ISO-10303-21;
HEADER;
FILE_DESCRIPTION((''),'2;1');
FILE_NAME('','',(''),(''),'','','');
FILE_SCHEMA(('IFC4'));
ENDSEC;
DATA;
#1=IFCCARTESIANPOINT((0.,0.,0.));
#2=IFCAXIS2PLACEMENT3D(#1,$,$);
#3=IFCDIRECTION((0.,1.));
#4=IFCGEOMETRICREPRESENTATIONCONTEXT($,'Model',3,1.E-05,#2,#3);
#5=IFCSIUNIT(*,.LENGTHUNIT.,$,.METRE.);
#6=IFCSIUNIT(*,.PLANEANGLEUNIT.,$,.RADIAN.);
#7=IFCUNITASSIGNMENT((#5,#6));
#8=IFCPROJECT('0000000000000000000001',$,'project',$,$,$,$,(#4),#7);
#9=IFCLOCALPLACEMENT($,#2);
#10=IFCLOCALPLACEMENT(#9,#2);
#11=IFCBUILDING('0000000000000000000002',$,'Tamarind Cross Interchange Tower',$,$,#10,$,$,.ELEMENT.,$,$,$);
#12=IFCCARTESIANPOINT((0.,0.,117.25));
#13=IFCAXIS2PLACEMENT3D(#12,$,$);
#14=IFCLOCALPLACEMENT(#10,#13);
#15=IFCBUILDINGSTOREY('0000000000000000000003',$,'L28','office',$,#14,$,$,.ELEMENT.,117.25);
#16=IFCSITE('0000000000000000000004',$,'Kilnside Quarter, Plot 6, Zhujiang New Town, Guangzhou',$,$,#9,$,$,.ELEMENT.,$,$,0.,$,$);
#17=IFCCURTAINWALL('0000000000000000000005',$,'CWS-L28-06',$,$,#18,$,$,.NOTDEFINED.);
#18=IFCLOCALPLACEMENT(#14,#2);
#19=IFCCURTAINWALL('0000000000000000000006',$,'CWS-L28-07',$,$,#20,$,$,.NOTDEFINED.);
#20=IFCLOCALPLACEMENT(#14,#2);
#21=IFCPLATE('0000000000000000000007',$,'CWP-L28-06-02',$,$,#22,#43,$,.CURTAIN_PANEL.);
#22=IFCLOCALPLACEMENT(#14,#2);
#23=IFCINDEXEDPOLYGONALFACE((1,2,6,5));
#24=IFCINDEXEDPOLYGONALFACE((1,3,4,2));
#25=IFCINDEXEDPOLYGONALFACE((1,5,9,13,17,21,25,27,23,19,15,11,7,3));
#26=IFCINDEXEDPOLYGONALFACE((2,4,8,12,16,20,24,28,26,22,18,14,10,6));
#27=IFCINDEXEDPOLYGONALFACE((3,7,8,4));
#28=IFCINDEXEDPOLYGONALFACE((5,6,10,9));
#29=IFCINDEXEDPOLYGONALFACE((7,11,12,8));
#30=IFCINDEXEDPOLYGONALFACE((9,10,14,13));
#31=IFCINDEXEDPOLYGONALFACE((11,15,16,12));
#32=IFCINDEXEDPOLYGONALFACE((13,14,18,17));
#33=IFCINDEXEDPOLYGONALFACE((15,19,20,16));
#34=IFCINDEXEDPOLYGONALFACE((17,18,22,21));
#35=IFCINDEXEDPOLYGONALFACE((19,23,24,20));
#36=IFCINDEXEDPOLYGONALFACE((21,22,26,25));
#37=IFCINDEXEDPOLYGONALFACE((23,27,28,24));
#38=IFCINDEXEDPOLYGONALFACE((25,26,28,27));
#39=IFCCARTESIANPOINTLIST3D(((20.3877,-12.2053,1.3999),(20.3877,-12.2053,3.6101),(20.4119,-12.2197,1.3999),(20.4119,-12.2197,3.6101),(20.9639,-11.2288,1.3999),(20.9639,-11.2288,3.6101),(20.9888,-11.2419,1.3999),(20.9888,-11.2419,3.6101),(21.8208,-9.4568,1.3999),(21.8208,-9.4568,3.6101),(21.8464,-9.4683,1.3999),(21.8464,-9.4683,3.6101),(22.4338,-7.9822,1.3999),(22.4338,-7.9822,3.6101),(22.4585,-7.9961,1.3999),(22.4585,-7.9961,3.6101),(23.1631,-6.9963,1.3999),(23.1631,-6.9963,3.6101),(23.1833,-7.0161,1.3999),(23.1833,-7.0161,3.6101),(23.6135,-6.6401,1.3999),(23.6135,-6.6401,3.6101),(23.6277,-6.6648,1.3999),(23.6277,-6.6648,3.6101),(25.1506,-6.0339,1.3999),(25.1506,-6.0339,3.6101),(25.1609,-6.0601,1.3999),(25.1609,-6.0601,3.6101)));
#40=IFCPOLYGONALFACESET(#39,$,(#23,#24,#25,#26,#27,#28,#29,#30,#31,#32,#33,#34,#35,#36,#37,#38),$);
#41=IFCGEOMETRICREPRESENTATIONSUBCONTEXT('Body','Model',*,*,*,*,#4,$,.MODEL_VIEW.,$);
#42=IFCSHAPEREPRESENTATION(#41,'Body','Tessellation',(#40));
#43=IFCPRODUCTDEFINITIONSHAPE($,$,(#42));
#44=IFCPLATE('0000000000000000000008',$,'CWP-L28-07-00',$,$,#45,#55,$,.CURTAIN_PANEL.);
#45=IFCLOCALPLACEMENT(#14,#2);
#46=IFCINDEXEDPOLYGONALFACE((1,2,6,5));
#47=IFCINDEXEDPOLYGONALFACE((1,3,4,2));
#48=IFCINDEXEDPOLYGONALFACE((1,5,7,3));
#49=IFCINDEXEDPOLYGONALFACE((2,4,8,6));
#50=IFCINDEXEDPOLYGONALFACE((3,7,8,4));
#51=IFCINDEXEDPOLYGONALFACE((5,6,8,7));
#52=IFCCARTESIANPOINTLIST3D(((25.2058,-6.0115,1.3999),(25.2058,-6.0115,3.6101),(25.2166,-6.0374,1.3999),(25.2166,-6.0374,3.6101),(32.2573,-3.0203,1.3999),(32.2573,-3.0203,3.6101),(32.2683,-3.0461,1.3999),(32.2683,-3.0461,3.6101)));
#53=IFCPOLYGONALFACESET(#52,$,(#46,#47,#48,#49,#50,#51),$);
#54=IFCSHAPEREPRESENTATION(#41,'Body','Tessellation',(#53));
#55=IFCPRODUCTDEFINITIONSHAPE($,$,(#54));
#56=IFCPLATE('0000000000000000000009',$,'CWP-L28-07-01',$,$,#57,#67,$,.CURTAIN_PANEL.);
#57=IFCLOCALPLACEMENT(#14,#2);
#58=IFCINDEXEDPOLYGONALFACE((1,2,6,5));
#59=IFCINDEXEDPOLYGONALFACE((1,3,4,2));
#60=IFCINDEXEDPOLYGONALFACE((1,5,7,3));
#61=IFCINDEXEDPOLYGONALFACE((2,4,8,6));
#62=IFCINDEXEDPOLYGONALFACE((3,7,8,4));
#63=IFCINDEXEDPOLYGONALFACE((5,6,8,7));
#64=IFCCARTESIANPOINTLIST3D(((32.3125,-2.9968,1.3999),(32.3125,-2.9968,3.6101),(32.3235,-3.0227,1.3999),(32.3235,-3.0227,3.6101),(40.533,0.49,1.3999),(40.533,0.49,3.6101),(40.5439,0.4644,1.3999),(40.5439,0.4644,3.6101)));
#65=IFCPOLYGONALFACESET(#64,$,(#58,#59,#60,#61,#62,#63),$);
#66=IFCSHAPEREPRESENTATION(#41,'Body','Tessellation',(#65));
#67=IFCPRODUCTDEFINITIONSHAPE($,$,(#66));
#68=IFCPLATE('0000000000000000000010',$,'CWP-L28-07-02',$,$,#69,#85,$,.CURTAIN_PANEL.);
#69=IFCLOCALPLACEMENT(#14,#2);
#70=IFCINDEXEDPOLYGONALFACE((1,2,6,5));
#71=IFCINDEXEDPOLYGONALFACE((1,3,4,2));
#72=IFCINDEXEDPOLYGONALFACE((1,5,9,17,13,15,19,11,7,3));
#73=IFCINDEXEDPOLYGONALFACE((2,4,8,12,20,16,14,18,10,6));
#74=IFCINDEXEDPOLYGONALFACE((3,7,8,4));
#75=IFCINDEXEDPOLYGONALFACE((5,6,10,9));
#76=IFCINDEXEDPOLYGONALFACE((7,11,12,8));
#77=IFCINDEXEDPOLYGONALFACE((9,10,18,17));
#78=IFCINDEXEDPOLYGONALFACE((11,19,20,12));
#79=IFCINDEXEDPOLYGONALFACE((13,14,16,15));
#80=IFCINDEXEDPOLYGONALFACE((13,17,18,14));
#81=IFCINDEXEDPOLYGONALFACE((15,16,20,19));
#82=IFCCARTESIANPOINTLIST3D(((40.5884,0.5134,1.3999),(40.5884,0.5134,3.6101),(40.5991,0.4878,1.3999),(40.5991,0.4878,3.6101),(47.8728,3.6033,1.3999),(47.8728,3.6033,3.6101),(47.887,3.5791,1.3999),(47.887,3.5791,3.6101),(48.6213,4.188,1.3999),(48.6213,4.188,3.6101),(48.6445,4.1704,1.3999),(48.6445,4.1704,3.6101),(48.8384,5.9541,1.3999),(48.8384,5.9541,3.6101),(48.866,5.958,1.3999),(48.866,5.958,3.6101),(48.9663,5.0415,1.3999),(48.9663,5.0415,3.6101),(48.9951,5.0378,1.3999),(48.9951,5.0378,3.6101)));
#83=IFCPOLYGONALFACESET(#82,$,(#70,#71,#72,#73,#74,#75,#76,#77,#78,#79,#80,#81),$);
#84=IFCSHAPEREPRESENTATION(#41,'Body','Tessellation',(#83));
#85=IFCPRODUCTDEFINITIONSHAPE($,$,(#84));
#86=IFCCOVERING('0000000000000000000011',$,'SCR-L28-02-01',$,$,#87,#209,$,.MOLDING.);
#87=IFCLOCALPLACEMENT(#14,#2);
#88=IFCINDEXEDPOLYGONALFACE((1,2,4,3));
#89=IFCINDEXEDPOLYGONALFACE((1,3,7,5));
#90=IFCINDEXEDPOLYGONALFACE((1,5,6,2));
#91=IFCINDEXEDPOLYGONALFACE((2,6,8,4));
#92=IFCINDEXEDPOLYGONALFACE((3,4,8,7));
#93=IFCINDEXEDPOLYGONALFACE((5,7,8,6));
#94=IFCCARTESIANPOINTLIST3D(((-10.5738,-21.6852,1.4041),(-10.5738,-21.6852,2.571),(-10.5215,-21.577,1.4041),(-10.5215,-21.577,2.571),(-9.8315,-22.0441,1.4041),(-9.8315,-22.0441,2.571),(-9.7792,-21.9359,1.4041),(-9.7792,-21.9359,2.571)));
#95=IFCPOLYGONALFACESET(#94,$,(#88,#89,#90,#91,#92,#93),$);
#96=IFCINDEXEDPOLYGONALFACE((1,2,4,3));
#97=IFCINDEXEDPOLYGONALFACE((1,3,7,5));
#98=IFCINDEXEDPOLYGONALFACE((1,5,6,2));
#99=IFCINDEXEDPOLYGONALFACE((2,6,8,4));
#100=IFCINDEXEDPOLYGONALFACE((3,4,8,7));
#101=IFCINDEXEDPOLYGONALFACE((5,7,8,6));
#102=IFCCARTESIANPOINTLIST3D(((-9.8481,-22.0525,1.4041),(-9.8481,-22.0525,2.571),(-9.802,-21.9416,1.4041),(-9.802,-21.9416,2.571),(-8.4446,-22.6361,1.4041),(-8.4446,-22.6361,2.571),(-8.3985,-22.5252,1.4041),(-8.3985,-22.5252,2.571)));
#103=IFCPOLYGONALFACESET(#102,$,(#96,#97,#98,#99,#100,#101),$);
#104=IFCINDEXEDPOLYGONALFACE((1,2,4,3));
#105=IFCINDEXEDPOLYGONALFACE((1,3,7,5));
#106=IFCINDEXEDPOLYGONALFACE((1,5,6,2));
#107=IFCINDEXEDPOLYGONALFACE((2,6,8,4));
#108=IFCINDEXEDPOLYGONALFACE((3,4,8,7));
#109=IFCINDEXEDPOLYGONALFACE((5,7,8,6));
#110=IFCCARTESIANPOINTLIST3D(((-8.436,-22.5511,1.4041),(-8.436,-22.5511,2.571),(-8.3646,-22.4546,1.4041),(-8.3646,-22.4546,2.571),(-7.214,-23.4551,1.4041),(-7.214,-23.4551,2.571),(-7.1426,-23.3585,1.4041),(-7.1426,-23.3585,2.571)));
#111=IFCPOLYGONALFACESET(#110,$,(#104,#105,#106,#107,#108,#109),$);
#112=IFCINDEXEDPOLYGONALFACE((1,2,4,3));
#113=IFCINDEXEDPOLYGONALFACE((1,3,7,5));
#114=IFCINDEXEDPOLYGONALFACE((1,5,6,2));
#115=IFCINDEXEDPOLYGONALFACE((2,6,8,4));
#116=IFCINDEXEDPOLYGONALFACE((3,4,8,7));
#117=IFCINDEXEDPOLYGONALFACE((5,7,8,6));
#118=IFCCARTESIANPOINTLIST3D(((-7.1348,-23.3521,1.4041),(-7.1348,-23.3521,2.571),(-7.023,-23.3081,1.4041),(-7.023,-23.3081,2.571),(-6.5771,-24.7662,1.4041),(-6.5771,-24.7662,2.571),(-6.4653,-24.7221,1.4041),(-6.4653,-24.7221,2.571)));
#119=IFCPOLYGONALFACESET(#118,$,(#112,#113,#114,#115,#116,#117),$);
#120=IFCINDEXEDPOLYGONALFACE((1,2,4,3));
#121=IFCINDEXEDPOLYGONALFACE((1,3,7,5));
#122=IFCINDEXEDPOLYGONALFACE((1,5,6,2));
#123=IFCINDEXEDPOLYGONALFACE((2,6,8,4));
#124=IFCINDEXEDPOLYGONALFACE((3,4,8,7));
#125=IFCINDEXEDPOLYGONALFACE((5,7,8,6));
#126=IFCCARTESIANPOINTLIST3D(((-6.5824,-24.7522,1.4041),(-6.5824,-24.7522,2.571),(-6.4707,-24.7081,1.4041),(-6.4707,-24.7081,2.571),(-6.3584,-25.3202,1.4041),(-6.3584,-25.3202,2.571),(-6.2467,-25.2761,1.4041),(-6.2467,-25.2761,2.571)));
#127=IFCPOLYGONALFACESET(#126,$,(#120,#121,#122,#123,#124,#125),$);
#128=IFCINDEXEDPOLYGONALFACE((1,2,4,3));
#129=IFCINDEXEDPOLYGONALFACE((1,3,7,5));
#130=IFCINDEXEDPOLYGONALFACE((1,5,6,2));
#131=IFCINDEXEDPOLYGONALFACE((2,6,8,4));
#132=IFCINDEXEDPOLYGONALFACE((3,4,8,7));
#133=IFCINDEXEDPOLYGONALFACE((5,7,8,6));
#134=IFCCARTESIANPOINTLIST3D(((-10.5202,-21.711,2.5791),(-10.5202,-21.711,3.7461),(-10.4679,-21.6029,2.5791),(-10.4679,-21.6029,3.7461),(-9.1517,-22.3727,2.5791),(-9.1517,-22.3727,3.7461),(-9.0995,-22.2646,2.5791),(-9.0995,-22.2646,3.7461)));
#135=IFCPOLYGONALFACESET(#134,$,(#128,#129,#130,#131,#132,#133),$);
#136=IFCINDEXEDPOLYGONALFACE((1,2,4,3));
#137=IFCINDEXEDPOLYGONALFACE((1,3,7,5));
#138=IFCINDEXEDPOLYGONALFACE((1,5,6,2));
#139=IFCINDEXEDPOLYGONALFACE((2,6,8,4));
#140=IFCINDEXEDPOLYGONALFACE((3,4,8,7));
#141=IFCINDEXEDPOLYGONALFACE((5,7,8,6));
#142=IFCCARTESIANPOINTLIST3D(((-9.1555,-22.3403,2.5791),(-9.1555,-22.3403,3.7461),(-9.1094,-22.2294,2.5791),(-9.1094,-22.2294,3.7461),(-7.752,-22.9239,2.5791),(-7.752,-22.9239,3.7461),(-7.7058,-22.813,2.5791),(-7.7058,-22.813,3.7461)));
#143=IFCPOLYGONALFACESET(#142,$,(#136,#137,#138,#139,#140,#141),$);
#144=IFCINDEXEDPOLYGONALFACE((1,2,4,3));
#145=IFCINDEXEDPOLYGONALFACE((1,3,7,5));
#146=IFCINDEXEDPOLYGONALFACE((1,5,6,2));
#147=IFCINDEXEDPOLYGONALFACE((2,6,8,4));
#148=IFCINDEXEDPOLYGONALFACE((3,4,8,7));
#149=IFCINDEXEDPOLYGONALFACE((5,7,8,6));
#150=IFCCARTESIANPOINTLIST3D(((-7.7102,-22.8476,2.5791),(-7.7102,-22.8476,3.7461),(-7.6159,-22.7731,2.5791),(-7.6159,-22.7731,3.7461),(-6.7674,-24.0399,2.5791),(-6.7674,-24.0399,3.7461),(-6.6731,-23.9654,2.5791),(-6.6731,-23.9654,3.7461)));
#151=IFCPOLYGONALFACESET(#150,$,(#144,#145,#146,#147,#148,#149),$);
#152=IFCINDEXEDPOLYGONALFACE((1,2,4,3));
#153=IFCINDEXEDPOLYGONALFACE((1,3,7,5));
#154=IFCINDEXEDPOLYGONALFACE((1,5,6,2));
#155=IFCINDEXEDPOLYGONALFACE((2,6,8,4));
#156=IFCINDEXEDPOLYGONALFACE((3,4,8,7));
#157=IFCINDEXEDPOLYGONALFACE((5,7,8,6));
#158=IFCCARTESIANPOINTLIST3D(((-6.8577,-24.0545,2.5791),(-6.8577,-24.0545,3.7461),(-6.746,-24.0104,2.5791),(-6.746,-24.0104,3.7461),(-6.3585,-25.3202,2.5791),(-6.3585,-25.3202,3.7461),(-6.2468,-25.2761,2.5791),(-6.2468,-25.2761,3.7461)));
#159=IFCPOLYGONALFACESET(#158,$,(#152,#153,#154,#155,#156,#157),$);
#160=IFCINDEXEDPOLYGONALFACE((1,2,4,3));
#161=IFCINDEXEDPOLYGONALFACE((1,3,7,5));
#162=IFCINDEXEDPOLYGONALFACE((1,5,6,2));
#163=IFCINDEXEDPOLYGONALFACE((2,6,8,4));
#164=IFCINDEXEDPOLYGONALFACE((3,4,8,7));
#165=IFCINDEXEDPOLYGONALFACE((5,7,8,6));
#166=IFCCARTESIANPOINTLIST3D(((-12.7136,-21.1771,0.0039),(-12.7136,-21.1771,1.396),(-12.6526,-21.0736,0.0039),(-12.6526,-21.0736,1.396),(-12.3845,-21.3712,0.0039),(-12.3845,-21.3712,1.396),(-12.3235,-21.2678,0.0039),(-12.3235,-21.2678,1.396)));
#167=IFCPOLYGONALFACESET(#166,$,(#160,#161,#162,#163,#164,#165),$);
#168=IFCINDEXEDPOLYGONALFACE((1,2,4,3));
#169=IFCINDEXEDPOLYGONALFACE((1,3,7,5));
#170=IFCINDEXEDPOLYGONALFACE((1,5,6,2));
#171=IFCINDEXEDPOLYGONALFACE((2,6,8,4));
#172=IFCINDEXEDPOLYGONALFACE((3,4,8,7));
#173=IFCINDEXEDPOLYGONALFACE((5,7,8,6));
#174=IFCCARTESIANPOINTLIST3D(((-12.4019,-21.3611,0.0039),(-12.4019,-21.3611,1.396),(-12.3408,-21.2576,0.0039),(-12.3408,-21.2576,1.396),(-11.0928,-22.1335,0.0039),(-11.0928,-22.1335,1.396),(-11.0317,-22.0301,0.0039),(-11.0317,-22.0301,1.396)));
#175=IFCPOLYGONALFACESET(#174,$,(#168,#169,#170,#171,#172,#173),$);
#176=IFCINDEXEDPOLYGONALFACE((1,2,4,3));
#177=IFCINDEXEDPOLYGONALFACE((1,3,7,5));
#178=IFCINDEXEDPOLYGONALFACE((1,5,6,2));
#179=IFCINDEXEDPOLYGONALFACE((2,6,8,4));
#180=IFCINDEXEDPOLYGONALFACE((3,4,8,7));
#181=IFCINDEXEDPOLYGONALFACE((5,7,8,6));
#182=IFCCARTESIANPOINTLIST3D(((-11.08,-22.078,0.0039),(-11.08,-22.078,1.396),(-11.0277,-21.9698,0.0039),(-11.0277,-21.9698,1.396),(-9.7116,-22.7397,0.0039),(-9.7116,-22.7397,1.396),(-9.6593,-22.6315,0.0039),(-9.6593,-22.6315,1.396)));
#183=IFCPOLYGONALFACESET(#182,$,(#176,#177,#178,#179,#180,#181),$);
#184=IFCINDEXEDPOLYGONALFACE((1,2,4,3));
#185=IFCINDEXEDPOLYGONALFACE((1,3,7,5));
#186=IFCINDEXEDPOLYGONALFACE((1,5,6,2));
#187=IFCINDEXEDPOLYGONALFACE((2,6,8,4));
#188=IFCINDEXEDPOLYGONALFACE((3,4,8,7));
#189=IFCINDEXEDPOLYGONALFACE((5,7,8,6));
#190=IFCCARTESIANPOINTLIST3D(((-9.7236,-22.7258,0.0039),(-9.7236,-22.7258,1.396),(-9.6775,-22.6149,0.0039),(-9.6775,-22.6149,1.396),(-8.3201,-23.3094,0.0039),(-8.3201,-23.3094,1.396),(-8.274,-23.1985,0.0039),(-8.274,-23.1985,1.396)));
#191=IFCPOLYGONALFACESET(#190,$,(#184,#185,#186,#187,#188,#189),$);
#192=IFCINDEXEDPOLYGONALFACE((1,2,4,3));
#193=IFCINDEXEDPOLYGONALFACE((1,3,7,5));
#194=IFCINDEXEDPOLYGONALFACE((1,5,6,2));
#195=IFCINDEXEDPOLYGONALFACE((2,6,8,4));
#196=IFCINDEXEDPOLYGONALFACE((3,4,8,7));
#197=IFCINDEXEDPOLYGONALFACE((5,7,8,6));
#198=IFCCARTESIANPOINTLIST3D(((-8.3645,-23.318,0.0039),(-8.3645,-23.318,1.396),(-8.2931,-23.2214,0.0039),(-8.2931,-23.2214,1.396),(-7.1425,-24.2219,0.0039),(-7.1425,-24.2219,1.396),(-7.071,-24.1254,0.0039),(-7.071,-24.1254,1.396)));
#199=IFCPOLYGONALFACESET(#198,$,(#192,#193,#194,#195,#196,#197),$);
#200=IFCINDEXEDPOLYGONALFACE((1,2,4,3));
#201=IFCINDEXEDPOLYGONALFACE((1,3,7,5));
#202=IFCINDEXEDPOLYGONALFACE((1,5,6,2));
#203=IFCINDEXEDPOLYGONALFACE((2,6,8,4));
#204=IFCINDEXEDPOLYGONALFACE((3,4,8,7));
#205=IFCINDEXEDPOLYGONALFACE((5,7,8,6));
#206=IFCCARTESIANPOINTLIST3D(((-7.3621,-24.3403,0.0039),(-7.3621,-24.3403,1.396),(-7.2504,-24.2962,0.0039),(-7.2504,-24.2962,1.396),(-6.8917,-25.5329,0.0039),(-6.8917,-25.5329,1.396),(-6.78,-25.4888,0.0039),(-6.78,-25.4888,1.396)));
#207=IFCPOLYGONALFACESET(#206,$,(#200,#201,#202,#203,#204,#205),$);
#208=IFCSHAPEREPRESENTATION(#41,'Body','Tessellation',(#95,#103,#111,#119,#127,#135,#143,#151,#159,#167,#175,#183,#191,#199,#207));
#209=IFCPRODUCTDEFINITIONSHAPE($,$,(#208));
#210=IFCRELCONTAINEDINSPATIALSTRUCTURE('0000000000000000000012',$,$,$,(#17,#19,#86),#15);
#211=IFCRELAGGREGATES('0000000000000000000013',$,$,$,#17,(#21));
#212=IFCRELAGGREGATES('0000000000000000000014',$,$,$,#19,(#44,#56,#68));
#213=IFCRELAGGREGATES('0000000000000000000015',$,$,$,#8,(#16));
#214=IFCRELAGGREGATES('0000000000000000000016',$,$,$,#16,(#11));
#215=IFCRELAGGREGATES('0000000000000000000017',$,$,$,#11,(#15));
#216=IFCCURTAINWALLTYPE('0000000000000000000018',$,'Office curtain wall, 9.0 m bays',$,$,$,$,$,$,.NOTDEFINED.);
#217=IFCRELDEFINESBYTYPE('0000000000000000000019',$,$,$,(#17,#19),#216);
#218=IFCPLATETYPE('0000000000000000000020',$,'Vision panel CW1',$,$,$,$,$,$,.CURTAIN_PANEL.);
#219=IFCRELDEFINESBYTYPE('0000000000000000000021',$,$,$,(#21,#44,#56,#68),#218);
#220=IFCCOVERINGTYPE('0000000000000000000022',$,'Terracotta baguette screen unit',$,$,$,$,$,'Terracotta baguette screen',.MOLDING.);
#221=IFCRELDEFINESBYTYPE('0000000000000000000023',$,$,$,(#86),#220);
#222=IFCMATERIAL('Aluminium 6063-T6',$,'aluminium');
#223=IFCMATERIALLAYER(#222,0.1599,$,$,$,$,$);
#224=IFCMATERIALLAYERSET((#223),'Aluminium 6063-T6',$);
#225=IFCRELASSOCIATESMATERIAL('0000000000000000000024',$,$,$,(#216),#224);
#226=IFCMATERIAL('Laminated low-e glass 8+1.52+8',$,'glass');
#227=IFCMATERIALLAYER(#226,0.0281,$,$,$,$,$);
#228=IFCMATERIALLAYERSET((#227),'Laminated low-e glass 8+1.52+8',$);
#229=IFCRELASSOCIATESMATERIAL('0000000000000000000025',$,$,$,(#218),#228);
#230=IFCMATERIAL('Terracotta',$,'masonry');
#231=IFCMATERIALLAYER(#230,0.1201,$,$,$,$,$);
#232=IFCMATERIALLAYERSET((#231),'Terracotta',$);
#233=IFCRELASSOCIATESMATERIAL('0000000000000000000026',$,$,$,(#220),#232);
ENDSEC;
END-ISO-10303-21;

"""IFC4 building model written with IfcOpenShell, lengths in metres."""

from ifc_helpers import new_model, si_unit, direction, frame, origin, origin_2d, place, context, subcontext, project, spatial, polyline, rectangle, outline, extrude, material, layer, layer_set, type_object, element, aggregate, save


model = new_model("IFC4")

# Units and contexts
model_context = context("Model", 3, precision=1e-05, world=origin(), true_north=direction((0.0, 1.0)))
body_context = subcontext(model_context, "Body", "Model", "MODEL_VIEW")
ifc_project = project(units=[si_unit("LENGTHUNIT", "METRE"), si_unit("PLANEANGLEUNIT", "RADIAN")], contexts=[model_context])

# Site, building, storey
site_placement = place(None, origin())
site = spatial("IfcSite", under=ifc_project, at=site_placement, Name="Kilnside Quarter, Plot 6, Zhujiang New Town, Guangzhou", CompositionType="ELEMENT", RefElevation=0.0)
building_placement = place(site_placement, origin())
building = spatial("IfcBuilding", under=site, at=building_placement, Name="Tamarind Cross Interchange Tower", CompositionType="ELEMENT")
storey_placement = place(building_placement, frame((0.0, 0.0, 117.25)))
storey = spatial("IfcBuildingStorey", under=building, at=storey_placement, Name="L28", Description="office", CompositionType="ELEMENT", Elevation=117.25)

# Curtain walls
ifc_material_1 = material(Name="Aluminium 6063-T6", Category="aluminium")
ifc_layer_1 = layer(ifc_material_1, 0.1599)
ifc_layer_set_1 = layer_set([ifc_layer_1], Name="Aluminium 6063-T6")
curtain_wall_type = type_object("IfcCurtainWallType", Name="Office curtain wall, 9.0 m bays", PredefinedType="NOTDEFINED", material=ifc_layer_set_1)
curtain_wall_1_placement = place(storey_placement, origin())
curtain_wall_1 = element("IfcCurtainWall", 1, at=curtain_wall_1_placement, inside=storey, type_object=curtain_wall_type, Name="CWS-L28-06", PredefinedType="NOTDEFINED")
curtain_wall_2_placement = place(storey_placement, origin())
curtain_wall_2 = element("IfcCurtainWall", 2, at=curtain_wall_2_placement, inside=storey, type_object=curtain_wall_type, Name="CWS-L28-07", PredefinedType="NOTDEFINED")

# Plates
ifc_material_2 = material(Name="Laminated low-e glass 8+1.52+8", Category="glass")
ifc_layer_2 = layer(ifc_material_2, 0.0281)
ifc_layer_set_2 = layer_set([ifc_layer_2], Name="Laminated low-e glass 8+1.52+8")
plate_type = type_object("IfcPlateType", Name="Vision panel CW1", PredefinedType="CURTAIN_PANEL", material=ifc_layer_set_2)
plate_1_placement = place(storey_placement, frame((0.0, 0.0, 1.3999)))
plate_1 = element("IfcPlate", 3, at=plate_1_placement, type_object=plate_type, Name="CWP-L28-06-02", PredefinedType="CURTAIN_PANEL", context=body_context, shape_type="SweptSolid", body=[
    extrude(outline(polyline([(20.3877, -12.2053), (20.9639, -11.2288), (21.8208, -9.4568), (22.4338, -7.9822), (23.1631, -6.9963), (23.6135, -6.6401), (25.1506, -6.0339), (25.1609, -6.0601), (23.6277, -6.6648), (23.1833, -7.0161), (22.4585, -7.9961), (21.8464, -9.4683), (20.9888, -11.2419), (20.4119, -12.2197), (20.3877, -12.2053)])), origin(), (0.0, 0.0, 1.0), 2.2102),
])
aggregate(curtain_wall_1, [plate_1])
plate_2_placement = place(storey_placement, frame((0.0, 0.0, 1.3999)))
plate_2 = element("IfcPlate", 4, at=plate_2_placement, type_object=plate_type, Name="CWP-L28-07-00", PredefinedType="CURTAIN_PANEL", context=body_context, shape_type="SweptSolid", body=[
    extrude(outline(polyline([(25.2058, -6.0115), (32.2573, -3.0203), (32.2683, -3.0461), (25.2166, -6.0374), (25.2058, -6.0115)])), origin(), (0.0, 0.0, 1.0), 2.2102),
])
plate_3_placement = place(storey_placement, frame((0.0, 0.0, 1.3999)))
plate_3 = element("IfcPlate", 5, at=plate_3_placement, type_object=plate_type, Name="CWP-L28-07-01", PredefinedType="CURTAIN_PANEL", context=body_context, shape_type="SweptSolid", body=[
    extrude(outline(polyline([(32.3125, -2.9968), (40.533, 0.49), (40.5439, 0.4644), (32.3235, -3.0227), (32.3125, -2.9968)])), origin(), (0.0, 0.0, 1.0), 2.2102),
])
plate_4_placement = place(storey_placement, frame((0.0, 0.0, 1.3999)))
plate_4 = element("IfcPlate", 6, at=plate_4_placement, type_object=plate_type, Name="CWP-L28-07-02", PredefinedType="CURTAIN_PANEL", context=body_context, shape_type="SweptSolid", body=[
    extrude(outline(polyline([(40.5884, 0.5134), (47.8728, 3.6033), (48.6213, 4.188), (48.9663, 5.0415), (48.8384, 5.9541), (48.866, 5.958), (48.9951, 5.0378), (48.6445, 4.1704), (47.887, 3.5791), (40.5991, 0.4878), (40.5884, 0.5134)])), origin(), (0.0, 0.0, 1.0), 2.2102),
])
aggregate(curtain_wall_2, [plate_2, plate_3, plate_4])

# Covering
ifc_material_3 = material(Name="Terracotta", Category="masonry")
ifc_layer_3 = layer(ifc_material_3, 0.1201)
ifc_layer_set_3 = layer_set([ifc_layer_3], Name="Terracotta")
covering_type = type_object("IfcCoveringType", Name="Terracotta baguette screen unit", ElementType="Terracotta baguette screen", PredefinedType="MOLDING", material=ifc_layer_set_3)
covering_1_placement = place(storey_placement, origin())
element("IfcCovering", 7, at=covering_1_placement, inside=storey, type_object=covering_type, Name="SCR-L28-02-01", PredefinedType="MOLDING", context=body_context, shape_type="SweptSolid", body=[
    extrude(rectangle(XDim=0.8245, YDim=0.1201, at=origin_2d()), frame((-10.1765, -21.8105, 1.4041), z_axis=(0.0, 0.0, 1.0), x_axis=(0.900273, -0.435326, 0.0)), (0.0, 0.0, 1.0), 1.167),
    extrude(rectangle(XDim=1.52, YDim=0.1201, at=origin_2d()), frame((-9.1233, -22.2888, 1.4041), z_axis=(0.0, 0.0, 1.0), x_axis=(0.923362, -0.38393, 0.0)), (0.0, 0.0, 1.0), 1.167),
    extrude(rectangle(XDim=1.52, YDim=0.1201, at=origin_2d()), frame((-7.7893, -22.9548, 1.4041), z_axis=(0.0, 0.0, 1.0), x_axis=(0.803956, -0.594689, 0.0)), (0.0, 0.0, 1.0), 1.167),
    extrude(rectangle(XDim=1.52, YDim=0.1201, at=origin_2d()), frame((-6.8, -24.0371, 1.4041), z_axis=(0.0, 0.0, 1.0), x_axis=(0.3669, -0.93026, 0.0)), (0.0, 0.0, 1.0), 1.167),
    extrude(rectangle(XDim=0.6106, YDim=0.1201, at=origin_2d()), frame((-6.4146, -25.0142, 1.4041), z_axis=(0.0, 0.0, 1.0), x_axis=(0.3669, -0.93026, 0.0)), (0.0, 0.0, 1.0), 1.167),
    extrude(rectangle(XDim=1.52, YDim=0.1201, at=origin_2d()), frame((-9.8098, -21.9878, 2.5791), z_axis=(0.0, 0.0, 1.0), x_axis=(0.900273, -0.435326, 0.0)), (0.0, 0.0, 1.0), 1.167),
    extrude(rectangle(XDim=1.52, YDim=0.1201, at=origin_2d()), frame((-8.4307, -22.5767, 2.5791), z_axis=(0.0, 0.0, 1.0), x_axis=(0.923362, -0.38393, 0.0)), (0.0, 0.0, 1.0), 1.167),
    extrude(rectangle(XDim=1.52, YDim=0.1201, at=origin_2d()), frame((-7.1917, -23.4065, 2.5791), z_axis=(0.0, 0.0, 1.0), x_axis=(0.620257, -0.784399, 0.0)), (0.0, 0.0, 1.0), 1.167),
    extrude(rectangle(XDim=1.3606, YDim=0.1201, at=origin_2d()), frame((-6.5522, -24.6653, 2.5791), z_axis=(0.0, 0.0, 1.0), x_axis=(0.3669, -0.93026, 0.0)), (0.0, 0.0, 1.0), 1.167),
    extrude(rectangle(XDim=0.3821, YDim=0.1201, at=origin_2d()), frame((-12.5186, -21.2224, 0.0039), z_axis=(0.0, 0.0, 1.0), x_axis=(0.861249, -0.508183, 0.0)), (0.0, 0.0, 1.0), 1.3921),
    extrude(rectangle(XDim=1.52, YDim=0.1201, at=origin_2d()), frame((-11.7168, -21.6956, 0.0039), z_axis=(0.0, 0.0, 1.0), x_axis=(0.861249, -0.508183, 0.0)), (0.0, 0.0, 1.0), 1.3921),
    extrude(rectangle(XDim=1.52, YDim=0.1201, at=origin_2d()), frame((-10.3696, -22.3547, 0.0039), z_axis=(0.0, 0.0, 1.0), x_axis=(0.900273, -0.435326, 0.0)), (0.0, 0.0, 1.0), 1.3921),
    extrude(rectangle(XDim=1.52, YDim=0.1201, at=origin_2d()), frame((-8.9988, -22.9622, 0.0039), z_axis=(0.0, 0.0, 1.0), x_axis=(0.923362, -0.38393, 0.0)), (0.0, 0.0, 1.0), 1.3921),
    extrude(rectangle(XDim=1.52, YDim=0.1201, at=origin_2d()), frame((-7.7178, -23.7217, 0.0039), z_axis=(0.0, 0.0, 1.0), x_axis=(0.803956, -0.594689, 0.0)), (0.0, 0.0, 1.0), 1.3921),
    extrude(rectangle(XDim=1.282, YDim=0.1201, at=origin_2d()), frame((-7.071, -24.9146, 0.0039), z_axis=(0.0, 0.0, 1.0), x_axis=(0.3669, -0.93026, 0.0)), (0.0, 0.0, 1.0), 1.3921),
])

save(model, "model.ifc")
